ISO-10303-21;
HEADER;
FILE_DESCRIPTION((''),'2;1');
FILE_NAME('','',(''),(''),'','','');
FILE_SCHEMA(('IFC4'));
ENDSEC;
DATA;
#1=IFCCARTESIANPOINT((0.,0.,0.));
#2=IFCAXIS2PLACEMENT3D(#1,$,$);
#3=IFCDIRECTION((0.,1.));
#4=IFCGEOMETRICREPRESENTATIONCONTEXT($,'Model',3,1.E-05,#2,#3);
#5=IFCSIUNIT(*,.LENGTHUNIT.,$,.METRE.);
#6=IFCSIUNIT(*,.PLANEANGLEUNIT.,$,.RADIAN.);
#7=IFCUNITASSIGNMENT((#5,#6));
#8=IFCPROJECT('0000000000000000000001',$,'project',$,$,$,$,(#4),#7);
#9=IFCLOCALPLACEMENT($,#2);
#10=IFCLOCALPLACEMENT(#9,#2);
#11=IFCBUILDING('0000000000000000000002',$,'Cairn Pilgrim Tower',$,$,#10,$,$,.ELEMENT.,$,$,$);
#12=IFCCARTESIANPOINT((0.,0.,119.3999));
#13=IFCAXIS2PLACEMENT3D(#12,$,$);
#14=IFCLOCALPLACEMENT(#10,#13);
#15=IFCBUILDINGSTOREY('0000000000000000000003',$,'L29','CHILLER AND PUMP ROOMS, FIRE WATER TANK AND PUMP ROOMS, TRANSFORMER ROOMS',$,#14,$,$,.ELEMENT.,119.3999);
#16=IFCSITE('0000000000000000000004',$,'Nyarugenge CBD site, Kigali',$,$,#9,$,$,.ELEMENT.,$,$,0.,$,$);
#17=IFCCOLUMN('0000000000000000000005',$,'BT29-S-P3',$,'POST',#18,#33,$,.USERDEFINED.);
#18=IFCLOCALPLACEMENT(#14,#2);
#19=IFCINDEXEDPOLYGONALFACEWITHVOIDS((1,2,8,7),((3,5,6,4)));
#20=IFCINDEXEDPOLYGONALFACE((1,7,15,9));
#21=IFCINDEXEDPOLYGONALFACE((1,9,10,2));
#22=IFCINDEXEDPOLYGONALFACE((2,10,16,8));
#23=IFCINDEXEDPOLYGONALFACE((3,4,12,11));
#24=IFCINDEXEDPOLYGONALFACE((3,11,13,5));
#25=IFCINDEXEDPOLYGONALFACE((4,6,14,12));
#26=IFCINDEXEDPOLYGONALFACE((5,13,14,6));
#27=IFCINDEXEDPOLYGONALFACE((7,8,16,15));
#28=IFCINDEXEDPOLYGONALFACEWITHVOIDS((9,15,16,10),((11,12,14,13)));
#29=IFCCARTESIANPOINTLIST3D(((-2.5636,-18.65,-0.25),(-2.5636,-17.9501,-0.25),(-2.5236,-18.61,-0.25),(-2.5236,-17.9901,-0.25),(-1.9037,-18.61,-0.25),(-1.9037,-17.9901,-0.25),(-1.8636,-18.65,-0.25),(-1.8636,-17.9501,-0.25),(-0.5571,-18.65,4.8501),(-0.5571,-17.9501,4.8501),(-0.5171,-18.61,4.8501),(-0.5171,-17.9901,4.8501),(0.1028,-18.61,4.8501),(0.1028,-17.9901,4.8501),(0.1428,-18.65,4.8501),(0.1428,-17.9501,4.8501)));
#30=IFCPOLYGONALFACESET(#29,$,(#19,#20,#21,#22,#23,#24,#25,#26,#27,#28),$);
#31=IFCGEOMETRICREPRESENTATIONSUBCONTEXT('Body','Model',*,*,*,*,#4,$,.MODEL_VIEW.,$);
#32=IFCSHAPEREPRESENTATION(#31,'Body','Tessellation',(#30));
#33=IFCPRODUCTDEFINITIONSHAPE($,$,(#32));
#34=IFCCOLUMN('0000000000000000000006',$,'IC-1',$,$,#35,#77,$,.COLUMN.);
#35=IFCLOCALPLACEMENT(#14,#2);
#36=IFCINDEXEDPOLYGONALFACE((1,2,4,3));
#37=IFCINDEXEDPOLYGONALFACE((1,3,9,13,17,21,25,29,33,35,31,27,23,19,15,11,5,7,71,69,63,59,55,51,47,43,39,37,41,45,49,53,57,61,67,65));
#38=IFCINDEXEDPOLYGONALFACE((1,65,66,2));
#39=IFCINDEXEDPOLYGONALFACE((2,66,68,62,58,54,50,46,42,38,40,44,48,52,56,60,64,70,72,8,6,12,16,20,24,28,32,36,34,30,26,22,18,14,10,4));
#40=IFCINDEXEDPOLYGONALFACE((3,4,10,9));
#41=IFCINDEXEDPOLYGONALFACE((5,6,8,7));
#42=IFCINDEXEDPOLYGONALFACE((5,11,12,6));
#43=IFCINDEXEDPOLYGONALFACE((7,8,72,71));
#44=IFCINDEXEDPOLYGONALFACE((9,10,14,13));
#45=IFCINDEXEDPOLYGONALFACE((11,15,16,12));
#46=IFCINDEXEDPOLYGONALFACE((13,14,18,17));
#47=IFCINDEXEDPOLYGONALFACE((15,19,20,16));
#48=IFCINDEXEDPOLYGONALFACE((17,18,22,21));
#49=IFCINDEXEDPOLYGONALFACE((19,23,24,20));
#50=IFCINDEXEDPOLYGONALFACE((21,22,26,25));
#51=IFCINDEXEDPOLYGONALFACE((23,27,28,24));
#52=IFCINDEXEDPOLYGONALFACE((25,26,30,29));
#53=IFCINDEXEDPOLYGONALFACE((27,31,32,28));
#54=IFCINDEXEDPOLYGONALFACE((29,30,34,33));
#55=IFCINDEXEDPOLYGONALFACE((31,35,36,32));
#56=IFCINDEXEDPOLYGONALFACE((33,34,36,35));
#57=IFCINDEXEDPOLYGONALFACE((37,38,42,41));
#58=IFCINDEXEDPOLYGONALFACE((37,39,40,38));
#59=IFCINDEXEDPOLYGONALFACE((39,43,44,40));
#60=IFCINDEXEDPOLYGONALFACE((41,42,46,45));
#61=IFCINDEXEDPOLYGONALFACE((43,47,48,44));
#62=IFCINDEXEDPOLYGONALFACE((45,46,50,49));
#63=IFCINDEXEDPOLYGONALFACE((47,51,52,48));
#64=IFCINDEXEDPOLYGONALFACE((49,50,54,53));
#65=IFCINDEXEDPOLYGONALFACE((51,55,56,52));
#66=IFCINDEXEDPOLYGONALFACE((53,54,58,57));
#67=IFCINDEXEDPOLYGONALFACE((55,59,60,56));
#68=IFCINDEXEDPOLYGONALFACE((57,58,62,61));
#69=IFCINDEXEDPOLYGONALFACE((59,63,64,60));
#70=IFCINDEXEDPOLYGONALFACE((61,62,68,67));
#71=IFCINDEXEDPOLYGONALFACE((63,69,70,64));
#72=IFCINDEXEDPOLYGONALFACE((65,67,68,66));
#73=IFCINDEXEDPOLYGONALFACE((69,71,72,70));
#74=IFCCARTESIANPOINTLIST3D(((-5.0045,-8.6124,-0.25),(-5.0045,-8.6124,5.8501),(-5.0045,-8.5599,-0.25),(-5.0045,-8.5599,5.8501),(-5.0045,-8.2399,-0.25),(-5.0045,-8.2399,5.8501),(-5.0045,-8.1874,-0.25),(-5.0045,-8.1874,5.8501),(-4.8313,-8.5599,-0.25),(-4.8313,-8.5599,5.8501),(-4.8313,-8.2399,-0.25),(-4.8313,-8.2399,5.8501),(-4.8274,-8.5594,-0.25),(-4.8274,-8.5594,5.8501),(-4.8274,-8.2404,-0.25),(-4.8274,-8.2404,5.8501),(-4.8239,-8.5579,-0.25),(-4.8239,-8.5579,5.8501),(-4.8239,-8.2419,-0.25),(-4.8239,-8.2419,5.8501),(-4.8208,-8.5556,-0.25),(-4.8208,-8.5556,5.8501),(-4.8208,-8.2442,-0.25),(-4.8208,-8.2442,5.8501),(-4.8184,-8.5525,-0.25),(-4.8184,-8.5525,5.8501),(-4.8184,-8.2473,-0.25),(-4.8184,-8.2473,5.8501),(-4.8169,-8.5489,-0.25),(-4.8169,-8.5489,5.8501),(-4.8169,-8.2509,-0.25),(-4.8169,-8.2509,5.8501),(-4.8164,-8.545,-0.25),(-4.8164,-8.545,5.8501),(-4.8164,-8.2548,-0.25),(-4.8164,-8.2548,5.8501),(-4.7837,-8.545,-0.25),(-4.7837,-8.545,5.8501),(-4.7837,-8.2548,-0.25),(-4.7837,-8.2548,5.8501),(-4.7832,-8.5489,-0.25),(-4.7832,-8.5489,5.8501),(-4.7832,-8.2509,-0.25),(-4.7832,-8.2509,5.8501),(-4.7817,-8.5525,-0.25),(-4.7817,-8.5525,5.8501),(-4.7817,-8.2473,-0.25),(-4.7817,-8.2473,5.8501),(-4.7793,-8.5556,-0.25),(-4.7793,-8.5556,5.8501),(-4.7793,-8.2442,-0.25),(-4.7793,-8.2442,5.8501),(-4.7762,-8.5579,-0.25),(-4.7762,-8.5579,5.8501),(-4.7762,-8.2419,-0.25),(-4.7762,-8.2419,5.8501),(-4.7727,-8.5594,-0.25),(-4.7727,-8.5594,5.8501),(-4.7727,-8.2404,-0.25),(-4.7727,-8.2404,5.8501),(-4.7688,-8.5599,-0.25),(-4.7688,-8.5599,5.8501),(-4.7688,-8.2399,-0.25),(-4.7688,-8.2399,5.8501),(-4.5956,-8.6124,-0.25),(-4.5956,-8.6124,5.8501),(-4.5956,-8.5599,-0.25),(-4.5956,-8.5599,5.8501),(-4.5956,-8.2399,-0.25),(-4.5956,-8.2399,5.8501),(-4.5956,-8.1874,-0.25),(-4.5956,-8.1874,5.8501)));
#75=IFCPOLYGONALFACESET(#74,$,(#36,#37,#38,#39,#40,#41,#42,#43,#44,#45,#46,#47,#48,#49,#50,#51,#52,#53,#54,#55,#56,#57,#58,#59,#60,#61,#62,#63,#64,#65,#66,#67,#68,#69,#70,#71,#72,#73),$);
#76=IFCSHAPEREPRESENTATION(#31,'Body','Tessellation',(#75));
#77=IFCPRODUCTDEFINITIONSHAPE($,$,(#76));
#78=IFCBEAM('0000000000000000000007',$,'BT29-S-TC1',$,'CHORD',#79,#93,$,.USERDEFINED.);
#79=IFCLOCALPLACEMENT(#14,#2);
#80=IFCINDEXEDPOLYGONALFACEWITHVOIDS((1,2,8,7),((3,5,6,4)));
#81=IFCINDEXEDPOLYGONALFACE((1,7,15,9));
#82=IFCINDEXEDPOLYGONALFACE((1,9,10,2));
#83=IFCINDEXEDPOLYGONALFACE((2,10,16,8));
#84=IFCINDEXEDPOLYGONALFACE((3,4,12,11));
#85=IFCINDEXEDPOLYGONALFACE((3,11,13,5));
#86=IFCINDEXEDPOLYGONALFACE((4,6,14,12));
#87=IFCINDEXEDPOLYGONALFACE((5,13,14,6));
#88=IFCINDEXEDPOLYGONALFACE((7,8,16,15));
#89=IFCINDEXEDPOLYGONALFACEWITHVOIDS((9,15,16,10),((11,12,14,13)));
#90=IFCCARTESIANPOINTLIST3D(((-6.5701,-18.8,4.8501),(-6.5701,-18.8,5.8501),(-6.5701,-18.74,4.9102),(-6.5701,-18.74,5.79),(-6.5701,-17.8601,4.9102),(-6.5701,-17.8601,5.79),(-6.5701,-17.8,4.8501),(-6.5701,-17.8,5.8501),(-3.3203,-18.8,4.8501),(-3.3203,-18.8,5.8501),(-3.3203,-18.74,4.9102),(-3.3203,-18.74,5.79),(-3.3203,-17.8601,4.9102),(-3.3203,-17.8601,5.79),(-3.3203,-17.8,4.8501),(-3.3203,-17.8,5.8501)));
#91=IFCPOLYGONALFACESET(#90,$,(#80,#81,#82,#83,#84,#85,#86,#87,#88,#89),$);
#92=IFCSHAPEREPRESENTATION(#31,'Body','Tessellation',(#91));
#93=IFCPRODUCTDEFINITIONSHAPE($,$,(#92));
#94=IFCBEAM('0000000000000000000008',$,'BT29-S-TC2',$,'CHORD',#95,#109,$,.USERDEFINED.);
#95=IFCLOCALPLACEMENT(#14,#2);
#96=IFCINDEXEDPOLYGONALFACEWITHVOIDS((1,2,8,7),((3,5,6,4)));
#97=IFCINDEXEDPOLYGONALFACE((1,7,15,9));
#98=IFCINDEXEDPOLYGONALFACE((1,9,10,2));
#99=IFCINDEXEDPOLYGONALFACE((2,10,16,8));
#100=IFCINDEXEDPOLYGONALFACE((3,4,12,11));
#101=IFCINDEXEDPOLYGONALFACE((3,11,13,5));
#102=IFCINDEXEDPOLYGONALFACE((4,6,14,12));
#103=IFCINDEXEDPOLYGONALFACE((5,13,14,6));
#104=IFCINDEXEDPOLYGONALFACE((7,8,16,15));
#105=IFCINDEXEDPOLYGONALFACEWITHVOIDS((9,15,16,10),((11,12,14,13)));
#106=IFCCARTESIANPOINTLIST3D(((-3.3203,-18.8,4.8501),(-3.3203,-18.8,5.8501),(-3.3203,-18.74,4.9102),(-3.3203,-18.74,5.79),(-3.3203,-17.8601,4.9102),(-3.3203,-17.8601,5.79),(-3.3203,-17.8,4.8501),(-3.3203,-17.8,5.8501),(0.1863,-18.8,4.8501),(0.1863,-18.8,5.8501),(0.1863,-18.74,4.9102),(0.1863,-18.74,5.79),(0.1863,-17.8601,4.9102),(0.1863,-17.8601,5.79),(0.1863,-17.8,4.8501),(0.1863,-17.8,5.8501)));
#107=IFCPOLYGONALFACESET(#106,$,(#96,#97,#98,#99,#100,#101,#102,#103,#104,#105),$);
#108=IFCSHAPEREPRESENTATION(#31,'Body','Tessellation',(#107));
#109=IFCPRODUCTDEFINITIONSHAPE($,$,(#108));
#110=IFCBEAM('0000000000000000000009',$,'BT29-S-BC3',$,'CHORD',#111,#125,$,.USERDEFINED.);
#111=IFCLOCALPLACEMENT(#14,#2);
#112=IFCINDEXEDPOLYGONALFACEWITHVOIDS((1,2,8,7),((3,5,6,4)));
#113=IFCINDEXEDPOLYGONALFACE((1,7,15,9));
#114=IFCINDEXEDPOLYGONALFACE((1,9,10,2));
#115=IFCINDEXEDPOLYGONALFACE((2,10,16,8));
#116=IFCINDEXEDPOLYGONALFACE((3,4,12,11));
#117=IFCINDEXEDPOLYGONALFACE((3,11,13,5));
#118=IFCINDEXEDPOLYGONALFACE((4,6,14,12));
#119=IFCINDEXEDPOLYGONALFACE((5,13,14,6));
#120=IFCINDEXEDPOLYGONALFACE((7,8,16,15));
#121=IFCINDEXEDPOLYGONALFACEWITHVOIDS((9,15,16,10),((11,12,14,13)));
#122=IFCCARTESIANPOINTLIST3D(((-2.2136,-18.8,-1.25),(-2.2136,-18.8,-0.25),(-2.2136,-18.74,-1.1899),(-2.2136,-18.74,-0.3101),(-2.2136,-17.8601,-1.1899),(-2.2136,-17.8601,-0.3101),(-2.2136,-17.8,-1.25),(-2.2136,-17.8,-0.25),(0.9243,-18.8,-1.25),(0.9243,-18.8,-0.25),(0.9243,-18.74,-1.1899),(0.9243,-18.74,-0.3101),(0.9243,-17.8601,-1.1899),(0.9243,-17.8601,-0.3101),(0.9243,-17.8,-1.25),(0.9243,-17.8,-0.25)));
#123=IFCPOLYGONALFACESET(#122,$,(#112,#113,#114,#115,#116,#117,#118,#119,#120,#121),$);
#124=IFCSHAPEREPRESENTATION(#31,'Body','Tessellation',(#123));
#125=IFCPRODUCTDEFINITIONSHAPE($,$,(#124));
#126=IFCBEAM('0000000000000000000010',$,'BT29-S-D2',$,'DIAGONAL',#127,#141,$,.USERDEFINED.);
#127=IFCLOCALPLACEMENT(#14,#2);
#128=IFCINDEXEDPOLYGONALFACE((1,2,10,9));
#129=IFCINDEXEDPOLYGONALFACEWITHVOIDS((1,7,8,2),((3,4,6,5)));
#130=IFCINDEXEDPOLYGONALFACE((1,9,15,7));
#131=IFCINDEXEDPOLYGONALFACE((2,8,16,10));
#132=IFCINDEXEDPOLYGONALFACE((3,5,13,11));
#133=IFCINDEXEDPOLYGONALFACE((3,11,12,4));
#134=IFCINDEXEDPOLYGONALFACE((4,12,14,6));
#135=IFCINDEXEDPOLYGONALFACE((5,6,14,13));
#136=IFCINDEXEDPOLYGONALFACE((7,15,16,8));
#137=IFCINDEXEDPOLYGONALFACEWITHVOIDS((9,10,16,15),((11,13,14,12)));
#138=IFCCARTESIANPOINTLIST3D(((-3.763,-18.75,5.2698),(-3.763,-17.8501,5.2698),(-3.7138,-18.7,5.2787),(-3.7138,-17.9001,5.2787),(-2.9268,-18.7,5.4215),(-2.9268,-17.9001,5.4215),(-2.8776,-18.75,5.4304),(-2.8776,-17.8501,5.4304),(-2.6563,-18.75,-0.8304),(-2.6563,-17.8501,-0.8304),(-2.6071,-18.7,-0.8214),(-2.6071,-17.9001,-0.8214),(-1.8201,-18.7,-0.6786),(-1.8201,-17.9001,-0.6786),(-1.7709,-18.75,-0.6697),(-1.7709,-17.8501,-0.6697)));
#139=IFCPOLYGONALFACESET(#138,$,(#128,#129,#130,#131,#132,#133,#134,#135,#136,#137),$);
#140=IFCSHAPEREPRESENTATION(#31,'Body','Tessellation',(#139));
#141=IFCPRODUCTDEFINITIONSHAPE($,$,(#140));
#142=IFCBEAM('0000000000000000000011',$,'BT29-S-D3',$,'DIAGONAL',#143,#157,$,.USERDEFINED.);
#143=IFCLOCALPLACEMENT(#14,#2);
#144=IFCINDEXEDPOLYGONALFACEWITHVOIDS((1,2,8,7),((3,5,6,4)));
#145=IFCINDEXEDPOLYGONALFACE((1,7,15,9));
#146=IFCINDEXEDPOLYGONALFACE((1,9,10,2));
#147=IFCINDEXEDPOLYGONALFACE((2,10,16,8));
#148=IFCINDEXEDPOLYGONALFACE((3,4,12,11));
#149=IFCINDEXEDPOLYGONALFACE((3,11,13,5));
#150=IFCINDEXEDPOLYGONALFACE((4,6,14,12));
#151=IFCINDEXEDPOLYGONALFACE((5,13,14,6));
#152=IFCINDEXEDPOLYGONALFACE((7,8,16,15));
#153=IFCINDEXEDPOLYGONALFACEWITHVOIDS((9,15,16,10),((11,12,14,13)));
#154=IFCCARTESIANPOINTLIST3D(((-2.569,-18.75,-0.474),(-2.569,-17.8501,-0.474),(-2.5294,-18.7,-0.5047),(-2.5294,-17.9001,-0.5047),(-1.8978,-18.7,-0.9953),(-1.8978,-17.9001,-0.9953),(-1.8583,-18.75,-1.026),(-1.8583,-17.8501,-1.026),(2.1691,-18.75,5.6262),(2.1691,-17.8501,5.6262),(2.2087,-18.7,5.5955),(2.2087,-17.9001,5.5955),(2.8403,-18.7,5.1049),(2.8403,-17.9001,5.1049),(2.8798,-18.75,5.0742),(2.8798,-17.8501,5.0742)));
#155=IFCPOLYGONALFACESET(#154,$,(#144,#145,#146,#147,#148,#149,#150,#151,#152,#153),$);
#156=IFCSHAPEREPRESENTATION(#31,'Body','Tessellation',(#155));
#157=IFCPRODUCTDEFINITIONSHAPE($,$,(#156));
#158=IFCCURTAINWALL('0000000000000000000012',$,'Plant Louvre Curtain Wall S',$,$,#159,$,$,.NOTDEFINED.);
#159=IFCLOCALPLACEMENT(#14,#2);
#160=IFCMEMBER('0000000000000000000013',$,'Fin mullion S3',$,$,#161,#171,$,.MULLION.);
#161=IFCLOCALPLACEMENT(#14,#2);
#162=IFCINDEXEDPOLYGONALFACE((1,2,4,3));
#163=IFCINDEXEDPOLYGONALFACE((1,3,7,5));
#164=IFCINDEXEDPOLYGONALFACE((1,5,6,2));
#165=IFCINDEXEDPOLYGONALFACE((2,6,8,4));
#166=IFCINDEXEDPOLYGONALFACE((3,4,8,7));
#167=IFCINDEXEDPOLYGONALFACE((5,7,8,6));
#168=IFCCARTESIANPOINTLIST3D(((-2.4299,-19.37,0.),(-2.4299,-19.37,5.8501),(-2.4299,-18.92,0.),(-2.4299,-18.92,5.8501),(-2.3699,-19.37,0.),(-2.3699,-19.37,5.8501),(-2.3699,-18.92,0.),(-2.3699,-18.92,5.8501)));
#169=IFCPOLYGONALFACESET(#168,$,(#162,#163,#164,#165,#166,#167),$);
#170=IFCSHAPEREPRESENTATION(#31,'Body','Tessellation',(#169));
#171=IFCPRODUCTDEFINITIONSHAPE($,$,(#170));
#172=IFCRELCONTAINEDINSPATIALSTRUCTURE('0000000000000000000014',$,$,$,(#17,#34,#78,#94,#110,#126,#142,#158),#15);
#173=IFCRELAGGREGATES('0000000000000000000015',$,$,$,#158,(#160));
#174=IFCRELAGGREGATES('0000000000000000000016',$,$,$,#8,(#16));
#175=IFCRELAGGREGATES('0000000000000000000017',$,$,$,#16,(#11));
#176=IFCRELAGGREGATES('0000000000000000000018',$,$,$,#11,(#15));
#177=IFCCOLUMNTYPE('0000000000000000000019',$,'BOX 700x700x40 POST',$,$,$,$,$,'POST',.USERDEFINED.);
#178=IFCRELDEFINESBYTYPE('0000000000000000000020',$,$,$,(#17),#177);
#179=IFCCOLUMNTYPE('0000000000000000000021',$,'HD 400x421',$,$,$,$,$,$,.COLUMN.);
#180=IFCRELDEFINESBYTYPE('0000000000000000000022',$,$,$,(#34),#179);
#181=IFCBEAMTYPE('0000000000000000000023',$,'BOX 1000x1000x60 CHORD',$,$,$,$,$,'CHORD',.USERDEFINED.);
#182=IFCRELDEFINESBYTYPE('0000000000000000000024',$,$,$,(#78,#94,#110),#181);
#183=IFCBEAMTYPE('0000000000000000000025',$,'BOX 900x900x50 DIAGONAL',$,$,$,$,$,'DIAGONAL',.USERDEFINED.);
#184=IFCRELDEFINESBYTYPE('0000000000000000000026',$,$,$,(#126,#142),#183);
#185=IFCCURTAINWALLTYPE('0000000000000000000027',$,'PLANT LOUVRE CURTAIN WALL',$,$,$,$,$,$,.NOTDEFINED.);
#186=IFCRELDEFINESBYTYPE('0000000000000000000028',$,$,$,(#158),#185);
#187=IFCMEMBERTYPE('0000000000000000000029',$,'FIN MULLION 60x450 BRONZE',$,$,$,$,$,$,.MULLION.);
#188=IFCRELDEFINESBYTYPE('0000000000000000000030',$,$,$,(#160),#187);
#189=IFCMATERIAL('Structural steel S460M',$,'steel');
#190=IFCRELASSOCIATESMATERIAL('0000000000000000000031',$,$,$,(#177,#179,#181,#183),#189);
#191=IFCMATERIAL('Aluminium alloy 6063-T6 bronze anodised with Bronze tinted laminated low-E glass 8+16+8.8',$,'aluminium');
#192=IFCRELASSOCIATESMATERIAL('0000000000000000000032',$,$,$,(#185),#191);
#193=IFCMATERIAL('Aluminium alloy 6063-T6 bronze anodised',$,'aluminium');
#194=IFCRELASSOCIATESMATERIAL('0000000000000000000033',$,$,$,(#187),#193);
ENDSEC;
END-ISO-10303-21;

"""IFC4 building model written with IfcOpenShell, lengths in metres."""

from ifc_helpers import new_model, si_unit, direction, frame, origin, origin_2d, place, context, subcontext, project, spatial, rectangle, hollow_rectangle, i_section, extrude, clip, halfspace, material, material_profile, profile_set, type_object, element, aggregate, save


model = new_model("IFC4")

# Units and contexts
model_context = context("Model", 3, precision=1e-05, world=origin(), true_north=direction((0.0, 1.0)))
body_context = subcontext(model_context, "Body", "Model", "MODEL_VIEW")
ifc_project = project(units=[si_unit("LENGTHUNIT", "METRE"), si_unit("PLANEANGLEUNIT", "RADIAN")], contexts=[model_context])

# Site, building, storey
site_placement = place(None, origin())
site = spatial("IfcSite", under=ifc_project, at=site_placement, Name="Nyarugenge CBD site, Kigali", CompositionType="ELEMENT", RefElevation=0.0)
building_placement = place(site_placement, origin())
building = spatial("IfcBuilding", under=site, at=building_placement, Name="Cairn Pilgrim Tower", CompositionType="ELEMENT")
storey_placement = place(building_placement, frame((0.0, 0.0, 119.3999)))
storey = spatial("IfcBuildingStorey", under=building, at=storey_placement, Name="L29", Description="CHILLER AND PUMP ROOMS, FIRE WATER TANK AND PUMP ROOMS, TRANSFORMER ROOMS", CompositionType="ELEMENT", Elevation=119.3999)

# Columns
ifc_material_1 = material(Name="Structural steel S460M", Category="steel")
ifc_material_profile_1 = material_profile(ifc_material_1, hollow_rectangle(XDim=0.7, YDim=0.7, WallThickness=0.04, at=origin_2d()), Name="BOX 700x700x40")
ifc_profile_set_1 = profile_set([ifc_material_profile_1], Name="Structural steel S460M")
column_type_1 = type_object("IfcColumnType", Name="BOX 700x700x40 POST", ElementType="POST", PredefinedType="USERDEFINED", material=ifc_profile_set_1)
column_1_placement = place(storey_placement, frame((-2.2136, -18.3, -0.25), z_axis=(0.0, 0.0, 1.0), x_axis=(1.0, 0.0, 0.0)))
element("IfcColumn", 1, at=column_1_placement, inside=storey, type_object=column_type_1, Name="BT29-S-P3", ObjectType="POST", PredefinedType="USERDEFINED", context=body_context, shape_type="Clipping", body=[
    clip(extrude(hollow_rectangle(XDim=0.7, YDim=0.7, WallThickness=0.04, at=origin_2d()), origin(), (0.366106, 0.0, 0.930573), 6.5552), halfspace(frame((0.0, 0.0, 5.1001), z_axis=(0.0, 0.0, 1.0), x_axis=(1.0, 0.0, 0.0)), False)),
])
ifc_material_profile_2 = material_profile(ifc_material_1, i_section(OverallWidth=0.4089, OverallDepth=0.425, WebThickness=0.0327, FlangeThickness=0.0525, FilletRadius=0.0149, at=origin_2d()), Name="HD 400x421")
ifc_profile_set_2 = profile_set([ifc_material_profile_2], Name="Structural steel S460M")
column_type_2 = type_object("IfcColumnType", Name="HD 400x421", PredefinedType="COLUMN", material=ifc_profile_set_2)
column_2_placement = place(storey_placement, frame((-4.8, -8.3999, -0.25), z_axis=(0.0, 0.0, 1.0), x_axis=(1.0, 0.0, 0.0)))
element("IfcColumn", 2, at=column_2_placement, inside=storey, type_object=column_type_2, Name="IC-1", PredefinedType="COLUMN", context=body_context, shape_type="SweptSolid", body=[
    extrude(i_section(OverallWidth=0.4089, OverallDepth=0.425, WebThickness=0.0327, FlangeThickness=0.0525, FilletRadius=0.0149, at=origin_2d()), origin(), (0.0, 0.0, 1.0), 6.1001),
])

# Beams
ifc_material_profile_3 = material_profile(ifc_material_1, hollow_rectangle(XDim=1.0, YDim=1.0, WallThickness=0.0601, at=origin_2d()), Name="BOX 1000x1000x60")
ifc_profile_set_3 = profile_set([ifc_material_profile_3], Name="Structural steel S460M")
beam_type_1 = type_object("IfcBeamType", Name="BOX 1000x1000x60 CHORD", ElementType="CHORD", PredefinedType="USERDEFINED", material=ifc_profile_set_3)
beam_1_placement = place(storey_placement, frame((-6.5701, -18.3, 5.3501), z_axis=(1.0, 0.0, 0.0), x_axis=(0.0, 1.0, 0.0)))
element("IfcBeam", 3, at=beam_1_placement, inside=storey, type_object=beam_type_1, Name="BT29-S-TC1", ObjectType="CHORD", PredefinedType="USERDEFINED", context=body_context, shape_type="SweptSolid", body=[
    extrude(hollow_rectangle(XDim=1.0, YDim=1.0, WallThickness=0.0601, at=origin_2d()), origin(), (0.0, 0.0, 1.0), 3.2498),
])
beam_2_placement = place(storey_placement, frame((-3.3203, -18.3, 5.3501), z_axis=(1.0, 0.0, 0.0), x_axis=(0.0, 1.0, 0.0)))
element("IfcBeam", 4, at=beam_2_placement, inside=storey, type_object=beam_type_1, Name="BT29-S-TC2", ObjectType="CHORD", PredefinedType="USERDEFINED", context=body_context, shape_type="SweptSolid", body=[
    extrude(hollow_rectangle(XDim=1.0, YDim=1.0, WallThickness=0.0601, at=origin_2d()), origin(), (0.0, 0.0, 1.0), 3.5066),
])
beam_3_placement = place(storey_placement, frame((-2.2136, -18.3, -0.75), z_axis=(1.0, 0.0, 0.0), x_axis=(0.0, 1.0, 0.0)))
element("IfcBeam", 5, at=beam_3_placement, inside=storey, type_object=beam_type_1, Name="BT29-S-BC3", ObjectType="CHORD", PredefinedType="USERDEFINED", context=body_context, shape_type="SweptSolid", body=[
    extrude(hollow_rectangle(XDim=1.0, YDim=1.0, WallThickness=0.0601, at=origin_2d()), origin(), (0.0, 0.0, 1.0), 3.1379),
])
ifc_material_profile_4 = material_profile(ifc_material_1, hollow_rectangle(XDim=0.8999, YDim=0.8999, WallThickness=0.05, at=origin_2d()), Name="BOX 900x900x50")
ifc_profile_set_4 = profile_set([ifc_material_profile_4], Name="Structural steel S460M")
beam_type_2 = type_object("IfcBeamType", Name="BOX 900x900x50 DIAGONAL", ElementType="DIAGONAL", PredefinedType="USERDEFINED", material=ifc_profile_set_4)
beam_4_placement = place(storey_placement, frame((-3.3203, -18.3, 5.3501), z_axis=(0.178508, 0.0, -0.983939), x_axis=(0.0, 1.0, 0.0)))
element("IfcBeam", 6, at=beam_4_placement, inside=storey, type_object=beam_type_2, Name="BT29-S-D2", ObjectType="DIAGONAL", PredefinedType="USERDEFINED", context=body_context, shape_type="SweptSolid", body=[
    extrude(hollow_rectangle(XDim=0.8999, YDim=0.8999, WallThickness=0.05, at=origin_2d()), origin(), (0.0, 0.0, 1.0), 6.1997),
])
beam_5_placement = place(storey_placement, frame((-2.2136, -18.3, -0.75), z_axis=(0.613417, 0.0, 0.789759), x_axis=(0.0, 1.0, 0.0)))
element("IfcBeam", 7, at=beam_5_placement, inside=storey, type_object=beam_type_2, Name="BT29-S-D3", ObjectType="DIAGONAL", PredefinedType="USERDEFINED", context=body_context, shape_type="SweptSolid", body=[
    extrude(hollow_rectangle(XDim=0.8999, YDim=0.8999, WallThickness=0.05, at=origin_2d()), origin(), (0.0, 0.0, 1.0), 7.7241),
])

# Curtain wall, member
ifc_material_2 = material(Name="Aluminium alloy 6063-T6 bronze anodised with Bronze tinted laminated low-E glass 8+16+8.8", Category="aluminium")
curtain_wall_type = type_object("IfcCurtainWallType", Name="PLANT LOUVRE CURTAIN WALL", PredefinedType="NOTDEFINED", material=ifc_material_2)
curtain_wall_placement = place(storey_placement, origin())
curtain_wall = element("IfcCurtainWall", 8, at=curtain_wall_placement, inside=storey, type_object=curtain_wall_type, Name="Plant Louvre Curtain Wall S", PredefinedType="NOTDEFINED")
ifc_material_3 = material(Name="Aluminium alloy 6063-T6 bronze anodised", Category="aluminium")
ifc_material_profile_5 = material_profile(ifc_material_3, rectangle(XDim=0.45, YDim=0.0601, at=origin_2d()), Name="FIN MULLION 60x450 BRONZE")
ifc_profile_set_5 = profile_set([ifc_material_profile_5], Name="Aluminium alloy 6063-T6 bronze anodised")
member_type_1 = type_object("IfcMemberType", Name="FIN MULLION 60x450 BRONZE", PredefinedType="MULLION", material=ifc_profile_set_5)
member_1_placement = place(storey_placement, frame((-2.3999, -19.145, 0.0), z_axis=(0.0, 0.0, 1.0), x_axis=(0.0, -1.0, 0.0)))
member_1 = element("IfcMember", 9, at=member_1_placement, type_object=member_type_1, Name="Fin mullion S3", PredefinedType="MULLION", context=body_context, shape_type="SweptSolid", body=[
    extrude(rectangle(XDim=0.45, YDim=0.0601, at=origin_2d()), origin(), (0.0, 0.0, 1.0), 5.8501),
])

aggregate(curtain_wall, [member_1])

save(model, "model.ifc")
